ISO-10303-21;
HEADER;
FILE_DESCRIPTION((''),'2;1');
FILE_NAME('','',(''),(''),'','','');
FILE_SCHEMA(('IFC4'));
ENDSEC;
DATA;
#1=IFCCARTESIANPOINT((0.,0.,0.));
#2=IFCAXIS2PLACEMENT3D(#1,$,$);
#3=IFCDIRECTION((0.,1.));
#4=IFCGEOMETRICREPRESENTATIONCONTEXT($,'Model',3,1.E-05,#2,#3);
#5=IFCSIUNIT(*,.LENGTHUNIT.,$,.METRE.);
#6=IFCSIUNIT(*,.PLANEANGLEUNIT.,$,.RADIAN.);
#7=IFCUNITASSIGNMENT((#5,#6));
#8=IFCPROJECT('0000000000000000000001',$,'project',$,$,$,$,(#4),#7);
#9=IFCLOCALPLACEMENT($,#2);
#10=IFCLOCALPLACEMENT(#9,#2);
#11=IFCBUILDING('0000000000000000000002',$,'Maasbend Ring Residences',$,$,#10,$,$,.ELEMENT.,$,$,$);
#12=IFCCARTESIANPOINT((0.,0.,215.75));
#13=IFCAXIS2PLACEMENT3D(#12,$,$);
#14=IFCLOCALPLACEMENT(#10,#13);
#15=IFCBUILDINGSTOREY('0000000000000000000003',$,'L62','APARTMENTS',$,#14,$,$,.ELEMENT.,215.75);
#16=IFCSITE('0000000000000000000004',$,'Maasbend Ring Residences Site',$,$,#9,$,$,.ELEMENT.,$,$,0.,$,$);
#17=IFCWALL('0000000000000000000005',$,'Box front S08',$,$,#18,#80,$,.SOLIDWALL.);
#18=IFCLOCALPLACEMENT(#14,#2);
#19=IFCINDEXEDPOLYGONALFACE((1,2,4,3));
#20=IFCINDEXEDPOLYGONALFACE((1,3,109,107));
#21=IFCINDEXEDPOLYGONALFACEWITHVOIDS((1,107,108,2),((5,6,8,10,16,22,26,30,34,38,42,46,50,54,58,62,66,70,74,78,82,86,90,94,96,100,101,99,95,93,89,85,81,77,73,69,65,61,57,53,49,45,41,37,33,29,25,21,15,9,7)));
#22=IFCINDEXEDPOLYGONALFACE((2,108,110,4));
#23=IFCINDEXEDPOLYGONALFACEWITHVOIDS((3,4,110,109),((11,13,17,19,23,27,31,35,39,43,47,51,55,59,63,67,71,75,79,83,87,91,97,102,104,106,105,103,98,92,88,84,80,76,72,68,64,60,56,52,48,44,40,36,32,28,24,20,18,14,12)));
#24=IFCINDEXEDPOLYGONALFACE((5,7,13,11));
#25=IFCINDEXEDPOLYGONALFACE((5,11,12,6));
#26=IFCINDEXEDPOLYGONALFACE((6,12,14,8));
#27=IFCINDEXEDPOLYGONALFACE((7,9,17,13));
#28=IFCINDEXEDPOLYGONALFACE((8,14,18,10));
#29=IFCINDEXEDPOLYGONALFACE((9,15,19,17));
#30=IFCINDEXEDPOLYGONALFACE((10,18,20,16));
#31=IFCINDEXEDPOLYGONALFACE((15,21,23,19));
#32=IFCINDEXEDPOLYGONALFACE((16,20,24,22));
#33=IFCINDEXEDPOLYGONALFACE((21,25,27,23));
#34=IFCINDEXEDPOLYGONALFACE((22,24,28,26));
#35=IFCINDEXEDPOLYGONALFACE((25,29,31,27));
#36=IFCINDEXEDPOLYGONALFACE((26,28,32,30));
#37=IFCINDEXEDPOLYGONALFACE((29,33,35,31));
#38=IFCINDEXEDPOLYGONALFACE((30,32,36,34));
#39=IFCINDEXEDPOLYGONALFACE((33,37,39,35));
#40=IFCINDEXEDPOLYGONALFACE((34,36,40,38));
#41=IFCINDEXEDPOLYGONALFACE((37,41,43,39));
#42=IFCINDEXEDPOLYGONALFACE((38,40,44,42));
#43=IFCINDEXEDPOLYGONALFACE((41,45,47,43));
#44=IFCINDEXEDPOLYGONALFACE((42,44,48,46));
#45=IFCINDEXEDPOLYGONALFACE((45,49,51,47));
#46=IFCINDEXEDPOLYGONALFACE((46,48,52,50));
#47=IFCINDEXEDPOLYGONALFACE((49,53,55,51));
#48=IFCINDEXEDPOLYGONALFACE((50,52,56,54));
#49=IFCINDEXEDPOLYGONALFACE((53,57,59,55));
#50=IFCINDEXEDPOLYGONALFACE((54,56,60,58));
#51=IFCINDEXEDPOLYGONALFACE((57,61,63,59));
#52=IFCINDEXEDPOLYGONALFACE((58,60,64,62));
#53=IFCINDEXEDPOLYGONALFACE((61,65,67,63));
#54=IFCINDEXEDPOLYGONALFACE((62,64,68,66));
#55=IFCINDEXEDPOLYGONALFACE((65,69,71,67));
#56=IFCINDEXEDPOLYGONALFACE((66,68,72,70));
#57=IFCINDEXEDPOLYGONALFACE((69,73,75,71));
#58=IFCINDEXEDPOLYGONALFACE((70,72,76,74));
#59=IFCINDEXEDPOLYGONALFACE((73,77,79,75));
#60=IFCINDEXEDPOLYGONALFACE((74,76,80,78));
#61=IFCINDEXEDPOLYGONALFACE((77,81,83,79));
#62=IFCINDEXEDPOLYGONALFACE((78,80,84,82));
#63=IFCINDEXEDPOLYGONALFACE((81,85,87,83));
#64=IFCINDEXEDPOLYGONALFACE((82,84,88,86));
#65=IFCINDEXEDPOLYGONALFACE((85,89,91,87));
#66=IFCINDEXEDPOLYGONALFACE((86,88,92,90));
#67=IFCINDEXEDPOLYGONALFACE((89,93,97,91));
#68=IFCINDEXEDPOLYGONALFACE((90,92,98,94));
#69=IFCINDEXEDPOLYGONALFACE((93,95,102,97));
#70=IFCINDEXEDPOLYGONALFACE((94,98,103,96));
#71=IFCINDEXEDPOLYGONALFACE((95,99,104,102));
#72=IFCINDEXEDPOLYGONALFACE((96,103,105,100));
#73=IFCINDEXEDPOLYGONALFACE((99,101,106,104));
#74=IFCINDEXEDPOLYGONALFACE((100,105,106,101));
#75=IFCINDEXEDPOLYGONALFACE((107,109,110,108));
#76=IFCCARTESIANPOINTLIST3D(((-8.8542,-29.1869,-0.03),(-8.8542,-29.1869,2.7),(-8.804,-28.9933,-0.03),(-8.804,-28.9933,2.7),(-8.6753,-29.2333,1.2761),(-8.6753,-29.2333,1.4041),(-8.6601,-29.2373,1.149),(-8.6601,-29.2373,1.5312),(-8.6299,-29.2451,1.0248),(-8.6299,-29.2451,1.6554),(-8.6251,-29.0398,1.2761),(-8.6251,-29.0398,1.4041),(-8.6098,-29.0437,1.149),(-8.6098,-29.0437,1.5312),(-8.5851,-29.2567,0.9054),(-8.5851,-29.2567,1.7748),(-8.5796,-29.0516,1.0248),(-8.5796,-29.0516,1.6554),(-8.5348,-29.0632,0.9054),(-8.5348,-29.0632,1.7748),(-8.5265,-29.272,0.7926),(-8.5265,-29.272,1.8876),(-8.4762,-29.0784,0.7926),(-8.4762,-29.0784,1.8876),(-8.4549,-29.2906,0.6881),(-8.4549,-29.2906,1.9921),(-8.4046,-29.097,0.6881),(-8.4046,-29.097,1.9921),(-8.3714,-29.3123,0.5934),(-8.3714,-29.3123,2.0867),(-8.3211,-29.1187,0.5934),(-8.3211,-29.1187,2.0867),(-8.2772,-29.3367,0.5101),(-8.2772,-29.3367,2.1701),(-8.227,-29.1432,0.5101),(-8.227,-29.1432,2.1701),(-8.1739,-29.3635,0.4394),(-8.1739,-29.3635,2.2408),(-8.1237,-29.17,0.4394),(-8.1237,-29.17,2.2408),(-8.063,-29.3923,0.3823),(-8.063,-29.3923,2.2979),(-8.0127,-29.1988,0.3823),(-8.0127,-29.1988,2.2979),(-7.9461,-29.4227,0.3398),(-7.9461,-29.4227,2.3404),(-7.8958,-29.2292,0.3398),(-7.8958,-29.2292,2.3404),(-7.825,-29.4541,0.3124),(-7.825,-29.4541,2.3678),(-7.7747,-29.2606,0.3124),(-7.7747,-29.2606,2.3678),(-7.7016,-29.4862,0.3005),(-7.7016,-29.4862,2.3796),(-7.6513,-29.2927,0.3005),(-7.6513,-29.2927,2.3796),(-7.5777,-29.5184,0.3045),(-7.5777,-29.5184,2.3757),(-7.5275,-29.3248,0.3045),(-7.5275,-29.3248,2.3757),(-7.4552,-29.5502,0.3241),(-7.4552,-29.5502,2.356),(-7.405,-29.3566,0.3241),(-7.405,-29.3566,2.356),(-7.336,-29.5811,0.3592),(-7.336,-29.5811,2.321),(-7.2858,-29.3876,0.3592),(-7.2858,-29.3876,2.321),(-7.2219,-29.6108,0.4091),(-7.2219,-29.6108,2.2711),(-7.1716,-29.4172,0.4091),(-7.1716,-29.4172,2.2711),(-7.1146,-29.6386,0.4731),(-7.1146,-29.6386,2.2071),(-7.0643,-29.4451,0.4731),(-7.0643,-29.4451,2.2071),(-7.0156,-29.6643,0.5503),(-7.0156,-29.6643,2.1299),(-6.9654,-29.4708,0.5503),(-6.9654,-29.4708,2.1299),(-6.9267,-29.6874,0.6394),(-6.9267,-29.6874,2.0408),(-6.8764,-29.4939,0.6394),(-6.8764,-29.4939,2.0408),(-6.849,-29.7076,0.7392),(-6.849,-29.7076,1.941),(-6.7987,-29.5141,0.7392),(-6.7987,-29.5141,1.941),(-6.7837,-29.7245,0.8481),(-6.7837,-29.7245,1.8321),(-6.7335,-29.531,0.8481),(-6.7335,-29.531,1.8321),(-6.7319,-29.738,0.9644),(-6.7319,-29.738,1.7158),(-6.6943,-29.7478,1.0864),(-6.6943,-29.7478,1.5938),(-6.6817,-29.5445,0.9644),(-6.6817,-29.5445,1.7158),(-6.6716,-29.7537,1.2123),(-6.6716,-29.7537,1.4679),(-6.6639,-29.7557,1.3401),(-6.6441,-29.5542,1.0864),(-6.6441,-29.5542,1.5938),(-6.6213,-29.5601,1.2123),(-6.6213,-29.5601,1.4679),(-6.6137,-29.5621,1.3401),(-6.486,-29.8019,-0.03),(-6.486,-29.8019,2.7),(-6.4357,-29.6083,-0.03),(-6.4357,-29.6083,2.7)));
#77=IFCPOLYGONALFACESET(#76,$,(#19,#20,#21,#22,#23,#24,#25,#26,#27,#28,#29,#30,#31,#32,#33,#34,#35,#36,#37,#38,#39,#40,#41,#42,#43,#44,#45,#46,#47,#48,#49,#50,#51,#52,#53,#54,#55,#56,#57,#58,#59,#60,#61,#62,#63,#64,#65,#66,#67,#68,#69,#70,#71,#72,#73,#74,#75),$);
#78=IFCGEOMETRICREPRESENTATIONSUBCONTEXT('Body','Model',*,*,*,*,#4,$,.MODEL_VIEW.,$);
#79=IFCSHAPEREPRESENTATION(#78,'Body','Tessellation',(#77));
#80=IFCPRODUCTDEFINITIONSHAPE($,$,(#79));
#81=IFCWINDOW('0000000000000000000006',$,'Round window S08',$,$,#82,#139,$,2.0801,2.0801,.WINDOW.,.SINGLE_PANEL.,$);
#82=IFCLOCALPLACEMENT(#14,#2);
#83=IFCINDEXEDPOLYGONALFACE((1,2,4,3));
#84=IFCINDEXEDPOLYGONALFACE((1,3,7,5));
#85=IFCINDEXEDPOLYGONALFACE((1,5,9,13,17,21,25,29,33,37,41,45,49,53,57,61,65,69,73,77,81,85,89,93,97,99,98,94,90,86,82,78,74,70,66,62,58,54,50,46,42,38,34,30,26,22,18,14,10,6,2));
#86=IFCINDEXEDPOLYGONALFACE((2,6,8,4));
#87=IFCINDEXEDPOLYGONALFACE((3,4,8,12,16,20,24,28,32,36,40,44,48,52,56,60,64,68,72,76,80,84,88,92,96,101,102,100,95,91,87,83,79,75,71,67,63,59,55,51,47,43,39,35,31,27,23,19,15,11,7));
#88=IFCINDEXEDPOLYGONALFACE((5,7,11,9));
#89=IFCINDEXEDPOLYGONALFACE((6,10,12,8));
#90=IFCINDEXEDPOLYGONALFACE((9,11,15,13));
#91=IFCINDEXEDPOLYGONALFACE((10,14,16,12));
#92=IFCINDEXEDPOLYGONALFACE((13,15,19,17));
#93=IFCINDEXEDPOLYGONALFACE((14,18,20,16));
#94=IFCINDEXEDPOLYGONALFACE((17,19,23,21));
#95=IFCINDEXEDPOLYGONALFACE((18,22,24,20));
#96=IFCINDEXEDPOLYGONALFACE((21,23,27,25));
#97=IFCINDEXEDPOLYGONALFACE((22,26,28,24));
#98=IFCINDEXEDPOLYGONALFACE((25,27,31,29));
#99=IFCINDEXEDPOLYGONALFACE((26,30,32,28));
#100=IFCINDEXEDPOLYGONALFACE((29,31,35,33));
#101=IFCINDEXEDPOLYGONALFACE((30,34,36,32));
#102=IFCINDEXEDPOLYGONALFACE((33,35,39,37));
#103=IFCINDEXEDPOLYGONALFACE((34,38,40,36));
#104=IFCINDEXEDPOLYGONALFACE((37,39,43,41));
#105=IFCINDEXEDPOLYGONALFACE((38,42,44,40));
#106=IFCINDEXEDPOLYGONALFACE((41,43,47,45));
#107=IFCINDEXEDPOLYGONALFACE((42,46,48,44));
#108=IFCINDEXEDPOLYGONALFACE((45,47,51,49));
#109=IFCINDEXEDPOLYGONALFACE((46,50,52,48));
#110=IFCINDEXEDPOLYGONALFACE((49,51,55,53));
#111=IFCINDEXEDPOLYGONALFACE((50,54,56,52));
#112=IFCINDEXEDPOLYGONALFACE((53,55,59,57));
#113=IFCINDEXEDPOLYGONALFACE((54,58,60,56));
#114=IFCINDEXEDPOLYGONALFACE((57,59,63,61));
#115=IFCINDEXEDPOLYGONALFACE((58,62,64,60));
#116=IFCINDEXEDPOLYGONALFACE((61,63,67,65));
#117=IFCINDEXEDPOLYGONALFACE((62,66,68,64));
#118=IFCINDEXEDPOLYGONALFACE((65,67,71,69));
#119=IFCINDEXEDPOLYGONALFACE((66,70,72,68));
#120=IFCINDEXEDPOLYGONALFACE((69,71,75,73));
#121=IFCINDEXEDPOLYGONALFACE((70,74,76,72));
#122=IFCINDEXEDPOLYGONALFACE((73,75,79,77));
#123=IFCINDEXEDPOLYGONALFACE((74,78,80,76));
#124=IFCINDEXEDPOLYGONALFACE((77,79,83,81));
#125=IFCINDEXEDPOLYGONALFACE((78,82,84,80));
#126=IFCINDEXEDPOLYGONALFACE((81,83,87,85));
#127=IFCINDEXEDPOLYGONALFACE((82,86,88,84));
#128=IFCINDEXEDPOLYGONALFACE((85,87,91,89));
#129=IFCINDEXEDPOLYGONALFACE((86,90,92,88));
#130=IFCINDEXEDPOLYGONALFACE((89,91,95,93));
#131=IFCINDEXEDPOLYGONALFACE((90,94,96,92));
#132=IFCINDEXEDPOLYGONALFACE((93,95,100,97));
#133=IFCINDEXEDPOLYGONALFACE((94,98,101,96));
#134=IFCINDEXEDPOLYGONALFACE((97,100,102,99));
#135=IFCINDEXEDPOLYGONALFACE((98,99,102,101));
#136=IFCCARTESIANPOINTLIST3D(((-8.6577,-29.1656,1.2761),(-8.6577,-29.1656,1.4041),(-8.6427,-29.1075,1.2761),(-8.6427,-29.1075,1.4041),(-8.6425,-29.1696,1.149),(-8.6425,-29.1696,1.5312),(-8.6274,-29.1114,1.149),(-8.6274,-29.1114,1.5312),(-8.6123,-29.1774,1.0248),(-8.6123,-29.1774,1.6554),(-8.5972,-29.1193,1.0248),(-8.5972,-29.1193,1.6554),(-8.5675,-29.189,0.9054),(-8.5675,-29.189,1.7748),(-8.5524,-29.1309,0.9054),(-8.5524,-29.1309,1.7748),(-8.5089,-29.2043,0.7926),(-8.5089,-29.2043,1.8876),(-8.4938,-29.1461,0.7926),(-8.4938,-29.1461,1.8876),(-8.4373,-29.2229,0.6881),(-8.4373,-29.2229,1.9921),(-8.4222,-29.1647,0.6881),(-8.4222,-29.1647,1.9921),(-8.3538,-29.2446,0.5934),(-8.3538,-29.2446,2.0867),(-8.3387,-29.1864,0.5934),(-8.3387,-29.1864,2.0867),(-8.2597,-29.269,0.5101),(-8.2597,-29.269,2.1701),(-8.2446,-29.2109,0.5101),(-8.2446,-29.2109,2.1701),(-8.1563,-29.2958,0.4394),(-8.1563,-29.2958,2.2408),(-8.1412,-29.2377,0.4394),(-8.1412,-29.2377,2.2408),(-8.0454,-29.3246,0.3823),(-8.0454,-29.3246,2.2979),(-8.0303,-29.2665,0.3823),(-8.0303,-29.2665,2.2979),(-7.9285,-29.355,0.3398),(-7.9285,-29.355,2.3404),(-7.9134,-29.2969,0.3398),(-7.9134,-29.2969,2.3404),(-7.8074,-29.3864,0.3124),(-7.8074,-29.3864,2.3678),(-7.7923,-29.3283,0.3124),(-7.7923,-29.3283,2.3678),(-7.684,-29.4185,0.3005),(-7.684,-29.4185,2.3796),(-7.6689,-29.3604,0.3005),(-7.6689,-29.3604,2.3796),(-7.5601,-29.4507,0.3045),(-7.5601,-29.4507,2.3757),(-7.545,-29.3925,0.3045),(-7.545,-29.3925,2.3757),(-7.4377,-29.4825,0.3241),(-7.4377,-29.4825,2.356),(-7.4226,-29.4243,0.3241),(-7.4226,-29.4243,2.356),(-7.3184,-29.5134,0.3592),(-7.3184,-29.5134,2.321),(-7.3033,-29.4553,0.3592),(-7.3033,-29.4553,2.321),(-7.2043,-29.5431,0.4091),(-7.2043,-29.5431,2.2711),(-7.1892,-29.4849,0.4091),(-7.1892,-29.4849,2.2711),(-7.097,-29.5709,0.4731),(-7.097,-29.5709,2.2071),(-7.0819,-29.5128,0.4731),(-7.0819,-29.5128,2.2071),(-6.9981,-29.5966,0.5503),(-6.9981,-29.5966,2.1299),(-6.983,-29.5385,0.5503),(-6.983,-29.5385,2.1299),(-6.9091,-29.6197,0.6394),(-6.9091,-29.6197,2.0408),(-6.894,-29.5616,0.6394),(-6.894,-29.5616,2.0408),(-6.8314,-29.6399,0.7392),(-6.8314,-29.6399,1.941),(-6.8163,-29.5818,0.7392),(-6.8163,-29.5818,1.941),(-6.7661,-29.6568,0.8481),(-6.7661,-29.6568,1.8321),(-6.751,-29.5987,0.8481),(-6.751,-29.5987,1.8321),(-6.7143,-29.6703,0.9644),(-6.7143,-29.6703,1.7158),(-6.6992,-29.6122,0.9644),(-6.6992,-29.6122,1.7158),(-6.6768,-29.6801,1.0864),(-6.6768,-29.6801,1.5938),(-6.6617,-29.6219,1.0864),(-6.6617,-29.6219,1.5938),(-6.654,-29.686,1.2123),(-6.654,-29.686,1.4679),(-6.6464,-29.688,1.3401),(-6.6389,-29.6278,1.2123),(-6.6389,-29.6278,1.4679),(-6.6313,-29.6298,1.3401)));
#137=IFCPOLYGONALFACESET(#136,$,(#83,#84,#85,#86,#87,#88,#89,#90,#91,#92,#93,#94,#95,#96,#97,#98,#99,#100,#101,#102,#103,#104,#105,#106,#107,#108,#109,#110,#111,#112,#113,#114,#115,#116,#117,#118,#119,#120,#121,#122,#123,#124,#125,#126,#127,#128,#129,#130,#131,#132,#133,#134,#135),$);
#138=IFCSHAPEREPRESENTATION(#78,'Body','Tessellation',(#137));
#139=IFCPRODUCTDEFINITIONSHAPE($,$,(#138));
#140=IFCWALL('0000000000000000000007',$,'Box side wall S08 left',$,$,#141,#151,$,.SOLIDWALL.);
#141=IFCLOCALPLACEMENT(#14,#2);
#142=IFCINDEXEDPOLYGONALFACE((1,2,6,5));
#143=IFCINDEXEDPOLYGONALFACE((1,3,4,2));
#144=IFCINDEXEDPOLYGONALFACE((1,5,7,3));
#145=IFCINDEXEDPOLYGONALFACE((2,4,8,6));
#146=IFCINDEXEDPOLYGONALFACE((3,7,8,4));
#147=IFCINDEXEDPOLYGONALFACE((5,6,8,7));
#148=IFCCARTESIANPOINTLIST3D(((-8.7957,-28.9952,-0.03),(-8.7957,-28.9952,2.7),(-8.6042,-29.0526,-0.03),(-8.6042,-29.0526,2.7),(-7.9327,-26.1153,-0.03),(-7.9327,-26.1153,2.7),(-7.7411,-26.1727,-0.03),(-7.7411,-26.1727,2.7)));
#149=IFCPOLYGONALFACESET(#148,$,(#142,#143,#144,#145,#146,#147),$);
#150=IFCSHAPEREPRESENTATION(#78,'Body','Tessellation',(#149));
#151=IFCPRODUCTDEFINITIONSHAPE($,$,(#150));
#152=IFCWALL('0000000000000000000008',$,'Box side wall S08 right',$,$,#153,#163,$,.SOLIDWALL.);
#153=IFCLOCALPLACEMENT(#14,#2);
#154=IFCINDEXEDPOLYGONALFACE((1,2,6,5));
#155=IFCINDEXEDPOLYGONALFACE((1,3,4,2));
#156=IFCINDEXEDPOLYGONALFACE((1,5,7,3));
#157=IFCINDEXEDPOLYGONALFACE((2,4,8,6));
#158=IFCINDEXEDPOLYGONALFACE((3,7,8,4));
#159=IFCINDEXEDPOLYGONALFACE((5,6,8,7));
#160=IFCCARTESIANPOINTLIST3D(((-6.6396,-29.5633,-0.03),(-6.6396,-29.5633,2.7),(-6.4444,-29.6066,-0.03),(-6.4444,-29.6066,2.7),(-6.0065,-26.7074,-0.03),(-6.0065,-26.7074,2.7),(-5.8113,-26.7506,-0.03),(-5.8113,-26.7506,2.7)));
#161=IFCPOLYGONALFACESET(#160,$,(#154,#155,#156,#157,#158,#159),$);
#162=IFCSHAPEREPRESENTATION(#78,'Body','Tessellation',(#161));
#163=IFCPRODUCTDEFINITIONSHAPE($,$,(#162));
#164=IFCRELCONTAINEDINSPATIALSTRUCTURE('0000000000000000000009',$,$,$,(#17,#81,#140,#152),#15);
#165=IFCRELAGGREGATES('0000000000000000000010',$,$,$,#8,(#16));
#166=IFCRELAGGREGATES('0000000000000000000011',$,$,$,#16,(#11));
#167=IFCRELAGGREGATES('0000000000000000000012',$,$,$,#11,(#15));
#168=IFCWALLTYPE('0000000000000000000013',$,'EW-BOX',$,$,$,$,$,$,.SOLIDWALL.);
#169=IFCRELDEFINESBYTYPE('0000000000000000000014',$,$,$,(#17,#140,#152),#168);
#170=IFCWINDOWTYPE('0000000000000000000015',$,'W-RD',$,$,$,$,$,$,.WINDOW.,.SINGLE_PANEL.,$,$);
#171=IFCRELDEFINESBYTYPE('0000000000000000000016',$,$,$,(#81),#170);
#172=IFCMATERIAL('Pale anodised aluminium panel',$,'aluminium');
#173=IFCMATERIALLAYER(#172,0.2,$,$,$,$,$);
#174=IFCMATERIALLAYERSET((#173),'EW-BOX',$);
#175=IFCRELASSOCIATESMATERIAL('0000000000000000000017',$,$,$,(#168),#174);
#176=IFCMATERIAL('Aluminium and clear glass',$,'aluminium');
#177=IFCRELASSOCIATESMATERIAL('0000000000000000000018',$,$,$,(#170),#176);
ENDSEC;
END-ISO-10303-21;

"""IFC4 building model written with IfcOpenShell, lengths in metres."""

from ifc_helpers import new_model, si_unit, direction, frame, frame_2d, origin, place, context, subcontext, project, spatial, rectangle, circle, extrude, material, layer, layer_set, type_object, element, fill, save


model = new_model("IFC4")

# Units and contexts
model_context = context("Model", 3, precision=1e-05, world=origin(), true_north=direction((0.0, 1.0)))
body_context = subcontext(model_context, "Body", "Model", "MODEL_VIEW")
ifc_project = project(units=[si_unit("LENGTHUNIT", "METRE"), si_unit("PLANEANGLEUNIT", "RADIAN")], contexts=[model_context])

# Site, building, storey
site_placement = place(None, origin())
site = spatial("IfcSite", under=ifc_project, at=site_placement, Name="Maasbend Ring Residences Site", CompositionType="ELEMENT", RefElevation=0.0)
building_placement = place(site_placement, origin())
building = spatial("IfcBuilding", under=site, at=building_placement, Name="Maasbend Ring Residences", CompositionType="ELEMENT")
storey_placement = place(building_placement, frame((0.0, 0.0, 215.75)))
storey = spatial("IfcBuildingStorey", under=building, at=storey_placement, Name="L62", Description="APARTMENTS", CompositionType="ELEMENT", Elevation=215.75)

# Wall, opening, window
ifc_material_1 = material(Name="Pale anodised aluminium panel", Category="aluminium")
ifc_layer_1 = layer(ifc_material_1, 0.2)
ifc_layer_set_1 = layer_set([ifc_layer_1], Name="EW-BOX")
wall_type_1 = type_object("IfcWallType", Name="EW-BOX", PredefinedType="SOLIDWALL", material=ifc_layer_set_1)
wall_1_placement = place(storey_placement, frame((-8.8291, -29.0901, -0.03), z_axis=(0.0, 0.0, 1.0), x_axis=(0.967895, -0.251353, 0.0)))
wall_1 = element("IfcWall", 1, at=wall_1_placement, inside=storey, type_object=wall_type_1, Name="Box front S08", PredefinedType="SOLIDWALL", context=body_context, shape_type="SweptSolid", body=[
    extrude(rectangle(XDim=2.4468, YDim=0.2, at=frame_2d((1.2234, 0.0))), origin(), (0.0, 0.0, 1.0), 2.73),
])
opening_1_placement = place(wall_1_placement, frame((0.1829, 0.0, 0.3301)))
opening_1 = element("IfcOpeningElement", 2, at=opening_1_placement, cuts=wall_1, PredefinedType="OPENING", context=body_context, shape_type="SweptSolid", body=[
    extrude(circle(Radius=1.04, at=frame_2d((1.04, 1.04))), frame((0.0, 0.1099, 0.0), z_axis=(0.0, -1.0, 0.0), x_axis=(1.0, 0.0, 0.0)), (0.0, 0.0, 1.0), 0.22),
])
ifc_material_2 = material(Name="Aluminium and clear glass", Category="aluminium")
window_type_1 = type_object("IfcWindowType", Name="W-RD", PartitioningType="SINGLE_PANEL", PredefinedType="WINDOW", material=ifc_material_2)
window_1_placement = place(opening_1_placement, origin())
window_1 = element("IfcWindow", 3, at=window_1_placement, inside=storey, type_object=window_type_1, Name="Round window S08", OverallHeight=2.0801, OverallWidth=2.0801, PartitioningType="SINGLE_PANEL", PredefinedType="WINDOW", context=body_context, shape_type="SweptSolid", body=[
    extrude(circle(Radius=1.04, at=frame_2d((1.04, 1.04))), frame((0.0, 0.03, 0.0), z_axis=(0.0, -1.0, 0.0), x_axis=(1.0, 0.0, 0.0)), (0.0, 0.0, 1.0), 0.0601),
])
fill(opening_1, window_1)

# Walls
wall_2_placement = place(storey_placement, frame((-7.8369, -26.144, -0.03), z_axis=(0.0, 0.0, 1.0), x_axis=(-0.287065, -0.957911, 0.0)))
element("IfcWall", 4, at=wall_2_placement, inside=storey, type_object=wall_type_1, Name="Box side wall S08 left", PredefinedType="SOLIDWALL", context=body_context, shape_type="SweptSolid", body=[
    extrude(rectangle(XDim=3.0063, YDim=0.2, at=frame_2d((1.5032, 0.0))), origin(), (0.0, 0.0, 1.0), 2.73),
])
wall_3_placement = place(storey_placement, frame((-5.9089, -26.729, -0.03), z_axis=(0.0, 0.0, 1.0), x_axis=(-0.216409, -0.976303, 0.0)))
element("IfcWall", 5, at=wall_3_placement, inside=storey, type_object=wall_type_1, Name="Box side wall S08 right", PredefinedType="SOLIDWALL", context=body_context, shape_type="SweptSolid", body=[
    extrude(rectangle(XDim=2.9253, YDim=0.2, at=frame_2d((1.4626, 0.0))), origin(), (0.0, 0.0, 1.0), 2.73),
])

save(model, "model.ifc")
